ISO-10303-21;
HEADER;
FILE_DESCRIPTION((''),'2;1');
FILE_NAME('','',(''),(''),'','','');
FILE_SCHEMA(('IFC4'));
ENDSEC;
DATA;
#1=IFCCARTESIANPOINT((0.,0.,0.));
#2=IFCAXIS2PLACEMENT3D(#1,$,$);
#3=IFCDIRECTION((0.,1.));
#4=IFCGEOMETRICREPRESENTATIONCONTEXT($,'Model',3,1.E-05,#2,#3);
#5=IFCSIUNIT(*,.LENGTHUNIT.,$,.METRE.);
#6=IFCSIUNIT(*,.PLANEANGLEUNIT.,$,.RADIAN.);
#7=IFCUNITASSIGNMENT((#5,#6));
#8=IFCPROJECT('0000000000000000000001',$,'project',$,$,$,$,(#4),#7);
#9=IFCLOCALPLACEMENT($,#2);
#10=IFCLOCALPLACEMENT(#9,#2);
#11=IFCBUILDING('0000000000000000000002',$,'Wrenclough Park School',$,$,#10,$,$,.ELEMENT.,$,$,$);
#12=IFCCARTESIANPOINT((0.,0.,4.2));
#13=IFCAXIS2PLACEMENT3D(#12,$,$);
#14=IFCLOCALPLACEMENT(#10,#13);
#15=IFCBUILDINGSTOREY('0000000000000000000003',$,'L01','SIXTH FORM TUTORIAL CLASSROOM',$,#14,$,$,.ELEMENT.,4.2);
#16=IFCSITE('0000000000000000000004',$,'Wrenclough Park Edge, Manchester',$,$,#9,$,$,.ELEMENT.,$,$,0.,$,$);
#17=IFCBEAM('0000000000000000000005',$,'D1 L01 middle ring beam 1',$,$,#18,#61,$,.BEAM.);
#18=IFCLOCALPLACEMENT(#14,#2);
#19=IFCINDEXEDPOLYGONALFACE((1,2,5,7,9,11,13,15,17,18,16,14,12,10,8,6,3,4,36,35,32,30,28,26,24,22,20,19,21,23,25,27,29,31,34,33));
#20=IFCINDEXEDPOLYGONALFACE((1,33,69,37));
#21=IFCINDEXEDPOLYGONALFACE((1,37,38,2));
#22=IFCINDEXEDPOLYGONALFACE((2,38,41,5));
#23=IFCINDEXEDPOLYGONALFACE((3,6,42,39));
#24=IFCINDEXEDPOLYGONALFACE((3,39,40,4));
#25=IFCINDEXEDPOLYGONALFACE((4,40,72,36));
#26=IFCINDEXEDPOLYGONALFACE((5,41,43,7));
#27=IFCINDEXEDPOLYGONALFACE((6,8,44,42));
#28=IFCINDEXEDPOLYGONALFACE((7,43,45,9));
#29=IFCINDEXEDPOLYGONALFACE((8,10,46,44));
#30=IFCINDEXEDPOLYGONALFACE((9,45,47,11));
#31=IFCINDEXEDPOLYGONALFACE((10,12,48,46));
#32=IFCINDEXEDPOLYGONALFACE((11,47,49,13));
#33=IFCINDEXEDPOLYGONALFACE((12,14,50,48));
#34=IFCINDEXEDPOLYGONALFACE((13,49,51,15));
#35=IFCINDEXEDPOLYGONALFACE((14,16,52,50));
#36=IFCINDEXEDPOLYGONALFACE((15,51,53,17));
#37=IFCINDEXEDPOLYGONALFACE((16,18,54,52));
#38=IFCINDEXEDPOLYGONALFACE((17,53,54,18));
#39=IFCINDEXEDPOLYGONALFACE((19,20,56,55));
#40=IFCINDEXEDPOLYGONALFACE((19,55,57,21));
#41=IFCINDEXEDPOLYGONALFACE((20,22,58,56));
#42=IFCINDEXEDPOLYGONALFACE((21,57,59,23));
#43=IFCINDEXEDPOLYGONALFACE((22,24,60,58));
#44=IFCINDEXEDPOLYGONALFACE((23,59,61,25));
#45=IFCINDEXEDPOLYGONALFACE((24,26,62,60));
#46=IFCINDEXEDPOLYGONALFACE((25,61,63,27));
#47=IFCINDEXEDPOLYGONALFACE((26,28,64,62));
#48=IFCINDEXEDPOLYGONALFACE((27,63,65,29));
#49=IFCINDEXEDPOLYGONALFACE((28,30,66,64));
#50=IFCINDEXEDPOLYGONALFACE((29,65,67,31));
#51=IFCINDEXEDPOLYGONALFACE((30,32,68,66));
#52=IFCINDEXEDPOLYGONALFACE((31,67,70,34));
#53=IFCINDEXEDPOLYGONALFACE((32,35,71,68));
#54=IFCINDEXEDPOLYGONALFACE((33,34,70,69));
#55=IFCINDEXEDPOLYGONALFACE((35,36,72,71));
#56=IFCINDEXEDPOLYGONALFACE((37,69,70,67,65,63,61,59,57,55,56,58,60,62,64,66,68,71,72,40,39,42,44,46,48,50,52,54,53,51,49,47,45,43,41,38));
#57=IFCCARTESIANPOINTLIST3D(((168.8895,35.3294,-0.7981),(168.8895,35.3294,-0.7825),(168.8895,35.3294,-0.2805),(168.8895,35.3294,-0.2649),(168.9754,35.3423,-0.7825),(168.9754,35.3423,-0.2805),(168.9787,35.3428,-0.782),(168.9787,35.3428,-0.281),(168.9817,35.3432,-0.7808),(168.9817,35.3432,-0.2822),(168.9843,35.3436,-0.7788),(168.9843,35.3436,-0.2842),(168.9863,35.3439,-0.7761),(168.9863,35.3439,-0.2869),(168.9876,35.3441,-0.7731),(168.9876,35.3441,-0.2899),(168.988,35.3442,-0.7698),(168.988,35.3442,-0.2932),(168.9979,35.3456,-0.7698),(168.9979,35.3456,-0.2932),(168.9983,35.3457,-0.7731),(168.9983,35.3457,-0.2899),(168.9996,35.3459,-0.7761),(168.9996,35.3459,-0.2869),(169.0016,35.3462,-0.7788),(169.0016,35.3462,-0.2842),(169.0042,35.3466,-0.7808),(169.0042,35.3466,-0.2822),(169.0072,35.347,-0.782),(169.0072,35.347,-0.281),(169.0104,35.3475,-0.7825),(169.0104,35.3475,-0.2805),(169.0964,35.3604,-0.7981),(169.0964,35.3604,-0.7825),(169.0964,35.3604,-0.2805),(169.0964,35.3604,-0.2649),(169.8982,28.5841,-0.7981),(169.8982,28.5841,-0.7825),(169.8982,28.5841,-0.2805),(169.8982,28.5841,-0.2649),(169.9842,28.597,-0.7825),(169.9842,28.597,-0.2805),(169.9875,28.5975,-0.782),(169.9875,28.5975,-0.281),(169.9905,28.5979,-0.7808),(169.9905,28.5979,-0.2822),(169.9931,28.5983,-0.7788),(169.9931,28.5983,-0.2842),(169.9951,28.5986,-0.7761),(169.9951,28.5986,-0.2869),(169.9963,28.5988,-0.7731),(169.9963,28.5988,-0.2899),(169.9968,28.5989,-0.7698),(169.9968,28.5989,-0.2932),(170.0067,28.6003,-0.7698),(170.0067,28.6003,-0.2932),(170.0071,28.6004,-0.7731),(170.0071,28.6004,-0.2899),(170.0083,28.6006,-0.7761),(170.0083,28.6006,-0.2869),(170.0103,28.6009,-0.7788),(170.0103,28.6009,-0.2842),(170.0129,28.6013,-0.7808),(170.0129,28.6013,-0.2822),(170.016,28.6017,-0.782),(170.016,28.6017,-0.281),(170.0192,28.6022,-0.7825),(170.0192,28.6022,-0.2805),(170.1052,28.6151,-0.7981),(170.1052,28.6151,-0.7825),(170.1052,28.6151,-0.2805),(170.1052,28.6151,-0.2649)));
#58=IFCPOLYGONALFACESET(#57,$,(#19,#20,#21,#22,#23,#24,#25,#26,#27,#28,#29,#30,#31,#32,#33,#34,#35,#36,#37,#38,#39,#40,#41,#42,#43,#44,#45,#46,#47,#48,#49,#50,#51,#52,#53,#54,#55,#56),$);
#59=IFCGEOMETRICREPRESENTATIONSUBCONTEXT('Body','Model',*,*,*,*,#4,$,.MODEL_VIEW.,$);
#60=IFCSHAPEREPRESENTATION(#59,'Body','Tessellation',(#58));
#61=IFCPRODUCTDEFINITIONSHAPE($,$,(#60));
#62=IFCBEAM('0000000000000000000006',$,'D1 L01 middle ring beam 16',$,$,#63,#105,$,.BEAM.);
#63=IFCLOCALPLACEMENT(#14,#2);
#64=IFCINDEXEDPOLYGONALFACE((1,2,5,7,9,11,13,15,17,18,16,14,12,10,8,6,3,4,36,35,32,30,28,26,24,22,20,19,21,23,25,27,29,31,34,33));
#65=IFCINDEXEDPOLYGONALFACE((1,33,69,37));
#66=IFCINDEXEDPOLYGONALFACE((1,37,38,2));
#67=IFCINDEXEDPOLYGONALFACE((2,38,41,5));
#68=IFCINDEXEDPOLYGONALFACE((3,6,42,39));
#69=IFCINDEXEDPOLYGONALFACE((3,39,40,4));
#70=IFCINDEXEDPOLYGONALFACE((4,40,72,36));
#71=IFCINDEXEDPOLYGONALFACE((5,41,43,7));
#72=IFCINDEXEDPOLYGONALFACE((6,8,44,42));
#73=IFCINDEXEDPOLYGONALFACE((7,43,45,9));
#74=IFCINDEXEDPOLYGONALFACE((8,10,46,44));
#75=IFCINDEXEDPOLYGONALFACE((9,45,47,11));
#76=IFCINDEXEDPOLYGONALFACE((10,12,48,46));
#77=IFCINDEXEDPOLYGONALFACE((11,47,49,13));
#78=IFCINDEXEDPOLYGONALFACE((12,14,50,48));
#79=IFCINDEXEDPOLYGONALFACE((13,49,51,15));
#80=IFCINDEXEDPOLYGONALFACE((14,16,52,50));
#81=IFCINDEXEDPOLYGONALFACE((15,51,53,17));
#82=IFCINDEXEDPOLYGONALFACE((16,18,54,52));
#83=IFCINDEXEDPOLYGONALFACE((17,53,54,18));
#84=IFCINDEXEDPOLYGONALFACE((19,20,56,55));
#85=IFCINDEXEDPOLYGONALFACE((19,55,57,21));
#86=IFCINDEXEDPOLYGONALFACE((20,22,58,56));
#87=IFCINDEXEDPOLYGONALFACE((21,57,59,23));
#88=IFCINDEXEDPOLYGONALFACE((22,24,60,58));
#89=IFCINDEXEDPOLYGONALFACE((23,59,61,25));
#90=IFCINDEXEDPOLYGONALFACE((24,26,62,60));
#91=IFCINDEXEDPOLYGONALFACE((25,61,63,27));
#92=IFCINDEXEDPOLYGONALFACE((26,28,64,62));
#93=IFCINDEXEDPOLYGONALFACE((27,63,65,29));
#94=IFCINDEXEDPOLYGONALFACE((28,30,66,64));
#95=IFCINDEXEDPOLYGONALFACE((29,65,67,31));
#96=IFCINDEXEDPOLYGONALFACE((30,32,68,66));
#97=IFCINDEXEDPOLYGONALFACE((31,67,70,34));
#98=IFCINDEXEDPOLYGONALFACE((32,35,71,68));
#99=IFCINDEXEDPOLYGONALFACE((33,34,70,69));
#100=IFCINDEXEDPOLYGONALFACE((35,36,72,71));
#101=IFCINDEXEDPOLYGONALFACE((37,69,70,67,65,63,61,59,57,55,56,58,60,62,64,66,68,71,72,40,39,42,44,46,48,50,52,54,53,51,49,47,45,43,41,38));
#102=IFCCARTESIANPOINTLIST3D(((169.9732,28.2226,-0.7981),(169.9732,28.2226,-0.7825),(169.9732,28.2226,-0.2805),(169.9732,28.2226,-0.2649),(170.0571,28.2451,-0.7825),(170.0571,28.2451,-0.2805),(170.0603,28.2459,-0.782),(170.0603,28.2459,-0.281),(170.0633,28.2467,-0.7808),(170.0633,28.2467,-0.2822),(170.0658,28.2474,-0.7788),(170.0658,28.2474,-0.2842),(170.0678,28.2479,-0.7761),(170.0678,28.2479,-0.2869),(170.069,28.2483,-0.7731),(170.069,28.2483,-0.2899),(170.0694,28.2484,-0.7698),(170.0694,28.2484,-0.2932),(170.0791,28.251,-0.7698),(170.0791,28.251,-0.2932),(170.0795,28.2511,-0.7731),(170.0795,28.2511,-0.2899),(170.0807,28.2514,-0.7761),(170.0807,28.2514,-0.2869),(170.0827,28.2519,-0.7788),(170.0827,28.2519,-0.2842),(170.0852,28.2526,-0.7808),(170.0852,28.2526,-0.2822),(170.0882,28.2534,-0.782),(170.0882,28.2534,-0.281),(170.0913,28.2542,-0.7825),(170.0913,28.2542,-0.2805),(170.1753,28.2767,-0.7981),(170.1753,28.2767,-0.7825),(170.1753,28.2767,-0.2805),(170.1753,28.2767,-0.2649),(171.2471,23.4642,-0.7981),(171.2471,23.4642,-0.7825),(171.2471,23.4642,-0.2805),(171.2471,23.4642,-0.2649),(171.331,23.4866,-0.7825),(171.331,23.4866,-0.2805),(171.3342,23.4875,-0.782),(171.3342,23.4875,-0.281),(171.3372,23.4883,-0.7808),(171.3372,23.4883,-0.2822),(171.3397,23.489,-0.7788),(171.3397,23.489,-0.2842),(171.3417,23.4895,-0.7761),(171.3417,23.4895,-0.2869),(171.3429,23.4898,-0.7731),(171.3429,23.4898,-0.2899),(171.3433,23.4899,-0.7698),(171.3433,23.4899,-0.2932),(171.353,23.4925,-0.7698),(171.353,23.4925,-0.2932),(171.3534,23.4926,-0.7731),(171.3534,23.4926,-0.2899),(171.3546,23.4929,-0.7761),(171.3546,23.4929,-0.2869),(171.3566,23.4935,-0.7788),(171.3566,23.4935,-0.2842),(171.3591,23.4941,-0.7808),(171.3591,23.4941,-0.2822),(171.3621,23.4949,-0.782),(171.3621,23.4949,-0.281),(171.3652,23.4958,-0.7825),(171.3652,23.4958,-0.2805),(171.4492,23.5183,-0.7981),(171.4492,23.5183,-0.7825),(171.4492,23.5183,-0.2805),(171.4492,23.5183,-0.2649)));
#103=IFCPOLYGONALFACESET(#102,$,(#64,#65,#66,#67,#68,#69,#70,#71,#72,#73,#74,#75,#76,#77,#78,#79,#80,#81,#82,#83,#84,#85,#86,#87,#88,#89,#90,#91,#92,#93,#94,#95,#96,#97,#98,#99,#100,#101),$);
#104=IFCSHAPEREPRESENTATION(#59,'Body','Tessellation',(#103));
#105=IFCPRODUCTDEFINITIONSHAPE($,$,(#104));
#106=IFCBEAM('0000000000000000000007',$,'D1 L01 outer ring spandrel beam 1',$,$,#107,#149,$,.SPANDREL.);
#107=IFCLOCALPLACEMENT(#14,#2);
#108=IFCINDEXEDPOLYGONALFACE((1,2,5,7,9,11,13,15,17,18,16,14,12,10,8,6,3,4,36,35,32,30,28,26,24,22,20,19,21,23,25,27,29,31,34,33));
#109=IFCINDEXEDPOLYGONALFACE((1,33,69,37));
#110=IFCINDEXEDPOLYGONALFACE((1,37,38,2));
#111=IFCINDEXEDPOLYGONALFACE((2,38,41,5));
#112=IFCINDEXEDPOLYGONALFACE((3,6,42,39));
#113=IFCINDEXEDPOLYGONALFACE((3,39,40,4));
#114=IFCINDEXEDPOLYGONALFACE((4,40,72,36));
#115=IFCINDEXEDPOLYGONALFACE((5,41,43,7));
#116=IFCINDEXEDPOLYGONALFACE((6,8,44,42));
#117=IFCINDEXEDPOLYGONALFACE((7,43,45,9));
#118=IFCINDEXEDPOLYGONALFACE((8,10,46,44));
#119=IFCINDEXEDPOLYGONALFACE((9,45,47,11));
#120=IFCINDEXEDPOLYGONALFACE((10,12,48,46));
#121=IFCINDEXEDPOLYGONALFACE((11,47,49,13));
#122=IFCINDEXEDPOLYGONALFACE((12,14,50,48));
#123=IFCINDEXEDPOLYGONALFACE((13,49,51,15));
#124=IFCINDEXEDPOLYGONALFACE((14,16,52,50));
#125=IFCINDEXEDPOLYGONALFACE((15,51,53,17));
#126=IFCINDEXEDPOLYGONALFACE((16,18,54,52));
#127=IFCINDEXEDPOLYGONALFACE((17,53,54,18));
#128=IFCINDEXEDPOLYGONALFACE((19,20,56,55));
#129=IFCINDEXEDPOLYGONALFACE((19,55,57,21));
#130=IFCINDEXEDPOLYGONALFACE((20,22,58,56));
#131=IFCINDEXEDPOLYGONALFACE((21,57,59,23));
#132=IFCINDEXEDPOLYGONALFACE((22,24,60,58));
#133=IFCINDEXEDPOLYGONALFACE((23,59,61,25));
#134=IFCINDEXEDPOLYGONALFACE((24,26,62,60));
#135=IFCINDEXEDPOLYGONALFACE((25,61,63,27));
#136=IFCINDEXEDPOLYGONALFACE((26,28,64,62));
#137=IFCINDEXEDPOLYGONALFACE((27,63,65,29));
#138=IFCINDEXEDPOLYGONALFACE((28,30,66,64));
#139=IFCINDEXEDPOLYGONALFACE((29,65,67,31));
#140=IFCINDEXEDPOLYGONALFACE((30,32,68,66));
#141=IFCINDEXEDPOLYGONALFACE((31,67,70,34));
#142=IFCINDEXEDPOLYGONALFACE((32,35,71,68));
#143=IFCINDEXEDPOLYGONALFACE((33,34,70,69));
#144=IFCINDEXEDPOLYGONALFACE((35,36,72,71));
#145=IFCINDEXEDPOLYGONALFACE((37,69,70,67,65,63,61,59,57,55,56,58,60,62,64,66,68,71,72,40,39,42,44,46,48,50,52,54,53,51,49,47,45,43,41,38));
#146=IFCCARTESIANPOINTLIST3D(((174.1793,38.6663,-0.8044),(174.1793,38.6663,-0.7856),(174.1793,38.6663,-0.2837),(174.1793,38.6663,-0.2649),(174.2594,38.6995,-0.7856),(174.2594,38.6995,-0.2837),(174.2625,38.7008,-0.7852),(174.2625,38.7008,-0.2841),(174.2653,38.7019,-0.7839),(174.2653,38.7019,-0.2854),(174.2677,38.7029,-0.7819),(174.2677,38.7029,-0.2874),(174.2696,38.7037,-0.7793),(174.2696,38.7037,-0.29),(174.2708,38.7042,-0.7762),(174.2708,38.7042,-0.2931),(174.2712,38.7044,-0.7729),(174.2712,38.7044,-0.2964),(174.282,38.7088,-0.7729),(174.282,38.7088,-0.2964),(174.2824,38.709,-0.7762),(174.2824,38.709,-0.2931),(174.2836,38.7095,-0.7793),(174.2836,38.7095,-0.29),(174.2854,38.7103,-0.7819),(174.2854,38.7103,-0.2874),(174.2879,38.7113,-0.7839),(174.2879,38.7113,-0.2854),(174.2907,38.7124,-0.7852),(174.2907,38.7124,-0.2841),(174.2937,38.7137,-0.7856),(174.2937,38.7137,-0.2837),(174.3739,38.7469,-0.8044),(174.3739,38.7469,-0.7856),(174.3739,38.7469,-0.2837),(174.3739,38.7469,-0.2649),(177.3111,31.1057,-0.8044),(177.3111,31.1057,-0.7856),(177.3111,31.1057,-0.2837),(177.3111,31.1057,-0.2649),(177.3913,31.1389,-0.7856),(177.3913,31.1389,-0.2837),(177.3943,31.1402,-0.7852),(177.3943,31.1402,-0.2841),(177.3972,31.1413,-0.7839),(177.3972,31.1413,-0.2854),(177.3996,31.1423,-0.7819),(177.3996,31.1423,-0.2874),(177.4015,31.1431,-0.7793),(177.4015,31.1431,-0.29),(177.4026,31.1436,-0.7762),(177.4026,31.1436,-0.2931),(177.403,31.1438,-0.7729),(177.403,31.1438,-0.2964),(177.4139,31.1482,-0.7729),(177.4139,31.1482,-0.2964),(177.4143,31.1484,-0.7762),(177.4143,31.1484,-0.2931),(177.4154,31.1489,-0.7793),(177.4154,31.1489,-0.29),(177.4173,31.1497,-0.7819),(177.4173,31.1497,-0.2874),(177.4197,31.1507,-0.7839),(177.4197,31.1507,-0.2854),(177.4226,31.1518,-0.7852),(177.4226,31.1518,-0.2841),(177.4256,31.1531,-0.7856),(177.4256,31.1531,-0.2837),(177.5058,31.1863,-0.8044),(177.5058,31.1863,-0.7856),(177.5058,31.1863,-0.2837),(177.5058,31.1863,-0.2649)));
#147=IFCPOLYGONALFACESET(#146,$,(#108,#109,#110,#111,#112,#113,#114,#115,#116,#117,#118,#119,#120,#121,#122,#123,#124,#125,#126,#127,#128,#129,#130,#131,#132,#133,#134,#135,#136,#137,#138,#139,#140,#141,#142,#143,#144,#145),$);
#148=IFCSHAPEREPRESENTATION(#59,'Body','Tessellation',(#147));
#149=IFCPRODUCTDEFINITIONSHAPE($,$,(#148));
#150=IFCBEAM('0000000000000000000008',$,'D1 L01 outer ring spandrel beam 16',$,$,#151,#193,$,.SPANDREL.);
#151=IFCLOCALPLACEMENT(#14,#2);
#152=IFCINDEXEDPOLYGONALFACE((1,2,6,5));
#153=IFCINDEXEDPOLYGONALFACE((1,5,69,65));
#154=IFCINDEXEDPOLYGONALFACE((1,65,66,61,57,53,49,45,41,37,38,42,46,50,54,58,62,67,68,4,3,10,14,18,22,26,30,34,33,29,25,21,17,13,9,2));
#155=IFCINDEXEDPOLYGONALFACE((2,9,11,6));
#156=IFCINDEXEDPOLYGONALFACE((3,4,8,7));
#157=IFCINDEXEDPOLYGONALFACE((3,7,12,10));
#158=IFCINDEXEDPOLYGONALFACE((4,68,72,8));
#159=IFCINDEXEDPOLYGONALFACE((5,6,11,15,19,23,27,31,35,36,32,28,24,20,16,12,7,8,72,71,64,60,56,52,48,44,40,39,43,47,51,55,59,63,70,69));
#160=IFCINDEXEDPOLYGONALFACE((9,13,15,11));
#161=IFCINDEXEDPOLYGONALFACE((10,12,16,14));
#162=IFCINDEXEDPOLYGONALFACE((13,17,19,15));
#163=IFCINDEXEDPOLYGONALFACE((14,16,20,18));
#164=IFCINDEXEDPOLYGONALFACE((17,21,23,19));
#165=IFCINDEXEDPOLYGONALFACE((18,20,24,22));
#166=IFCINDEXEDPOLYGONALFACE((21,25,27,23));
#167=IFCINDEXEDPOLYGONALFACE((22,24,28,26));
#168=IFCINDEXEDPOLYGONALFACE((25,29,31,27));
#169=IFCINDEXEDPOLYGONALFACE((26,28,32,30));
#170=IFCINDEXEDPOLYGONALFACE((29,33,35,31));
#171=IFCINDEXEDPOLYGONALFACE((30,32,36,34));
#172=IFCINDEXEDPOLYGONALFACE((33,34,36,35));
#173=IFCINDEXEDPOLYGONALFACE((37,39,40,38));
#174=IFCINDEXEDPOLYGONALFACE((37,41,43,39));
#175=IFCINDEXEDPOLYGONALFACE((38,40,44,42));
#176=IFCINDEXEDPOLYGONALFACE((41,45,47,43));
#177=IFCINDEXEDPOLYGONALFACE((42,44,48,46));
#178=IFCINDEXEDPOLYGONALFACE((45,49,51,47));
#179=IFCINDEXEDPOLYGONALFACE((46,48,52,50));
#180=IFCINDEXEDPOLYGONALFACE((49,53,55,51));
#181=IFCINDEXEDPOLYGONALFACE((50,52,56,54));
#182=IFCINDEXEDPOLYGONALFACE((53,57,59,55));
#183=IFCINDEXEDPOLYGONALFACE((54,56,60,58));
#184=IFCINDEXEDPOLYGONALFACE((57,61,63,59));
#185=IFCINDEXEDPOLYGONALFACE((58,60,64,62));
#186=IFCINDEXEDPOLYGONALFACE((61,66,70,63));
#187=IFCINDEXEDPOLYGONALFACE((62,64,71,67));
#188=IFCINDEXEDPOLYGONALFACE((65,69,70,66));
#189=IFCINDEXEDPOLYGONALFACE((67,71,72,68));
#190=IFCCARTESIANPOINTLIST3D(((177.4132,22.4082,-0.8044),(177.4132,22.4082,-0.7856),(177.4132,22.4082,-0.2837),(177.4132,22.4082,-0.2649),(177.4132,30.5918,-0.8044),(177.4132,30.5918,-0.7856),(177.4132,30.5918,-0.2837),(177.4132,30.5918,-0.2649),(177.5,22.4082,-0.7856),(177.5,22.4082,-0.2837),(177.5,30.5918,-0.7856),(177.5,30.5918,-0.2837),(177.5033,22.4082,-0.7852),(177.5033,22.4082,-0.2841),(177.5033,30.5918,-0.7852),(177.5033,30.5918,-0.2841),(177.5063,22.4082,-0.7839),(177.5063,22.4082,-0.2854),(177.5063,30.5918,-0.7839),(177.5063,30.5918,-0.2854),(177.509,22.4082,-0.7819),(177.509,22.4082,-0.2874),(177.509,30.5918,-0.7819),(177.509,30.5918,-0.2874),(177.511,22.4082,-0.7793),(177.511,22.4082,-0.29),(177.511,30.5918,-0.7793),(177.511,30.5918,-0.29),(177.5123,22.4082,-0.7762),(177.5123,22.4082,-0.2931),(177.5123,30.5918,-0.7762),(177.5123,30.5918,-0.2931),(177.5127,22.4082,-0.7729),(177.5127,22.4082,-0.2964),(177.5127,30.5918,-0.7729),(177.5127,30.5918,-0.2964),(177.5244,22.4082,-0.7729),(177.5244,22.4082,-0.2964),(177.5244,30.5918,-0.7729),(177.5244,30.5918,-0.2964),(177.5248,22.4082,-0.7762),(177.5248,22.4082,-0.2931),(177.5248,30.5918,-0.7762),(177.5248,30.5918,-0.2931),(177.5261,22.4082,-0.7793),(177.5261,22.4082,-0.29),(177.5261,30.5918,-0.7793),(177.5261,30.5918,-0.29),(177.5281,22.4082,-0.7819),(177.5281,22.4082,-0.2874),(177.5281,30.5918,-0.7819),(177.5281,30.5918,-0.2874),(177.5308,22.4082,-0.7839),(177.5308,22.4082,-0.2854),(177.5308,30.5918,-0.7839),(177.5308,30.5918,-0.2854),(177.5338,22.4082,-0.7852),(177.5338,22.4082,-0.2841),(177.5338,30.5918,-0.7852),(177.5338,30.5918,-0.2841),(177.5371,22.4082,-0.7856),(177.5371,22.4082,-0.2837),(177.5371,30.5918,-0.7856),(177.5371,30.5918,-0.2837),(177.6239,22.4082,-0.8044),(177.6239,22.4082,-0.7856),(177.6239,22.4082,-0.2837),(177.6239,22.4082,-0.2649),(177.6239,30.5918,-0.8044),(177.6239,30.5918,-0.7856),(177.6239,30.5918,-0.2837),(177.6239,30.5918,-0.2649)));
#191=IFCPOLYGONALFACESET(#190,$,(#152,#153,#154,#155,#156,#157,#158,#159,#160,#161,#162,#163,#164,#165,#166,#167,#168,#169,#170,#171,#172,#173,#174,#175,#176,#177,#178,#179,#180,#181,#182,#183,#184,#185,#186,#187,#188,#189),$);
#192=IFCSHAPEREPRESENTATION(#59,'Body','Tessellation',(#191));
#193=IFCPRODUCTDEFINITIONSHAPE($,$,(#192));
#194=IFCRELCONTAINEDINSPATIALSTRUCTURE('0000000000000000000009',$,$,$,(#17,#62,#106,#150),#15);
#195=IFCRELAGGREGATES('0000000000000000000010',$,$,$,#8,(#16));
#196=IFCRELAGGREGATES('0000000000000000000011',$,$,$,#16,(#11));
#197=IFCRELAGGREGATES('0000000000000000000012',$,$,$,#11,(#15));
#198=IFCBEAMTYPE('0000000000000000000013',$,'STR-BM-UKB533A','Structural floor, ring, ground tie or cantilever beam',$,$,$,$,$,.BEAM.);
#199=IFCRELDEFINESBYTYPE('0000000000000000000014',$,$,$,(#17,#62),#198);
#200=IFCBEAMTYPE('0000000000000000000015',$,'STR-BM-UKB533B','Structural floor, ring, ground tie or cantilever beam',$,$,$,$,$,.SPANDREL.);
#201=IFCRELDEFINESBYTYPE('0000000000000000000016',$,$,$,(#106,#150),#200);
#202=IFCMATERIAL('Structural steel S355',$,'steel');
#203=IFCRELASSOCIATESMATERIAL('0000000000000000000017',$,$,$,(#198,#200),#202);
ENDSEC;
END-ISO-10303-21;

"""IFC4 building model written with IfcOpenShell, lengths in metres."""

from ifc_helpers import new_model, si_unit, direction, frame, origin, origin_2d, place, context, subcontext, project, spatial, i_section, extrude, material, material_profile, profile_set, type_object, element, save


model = new_model("IFC4")

# Units and contexts
model_context = context("Model", 3, precision=1e-05, world=origin(), true_north=direction((0.0, 1.0)))
body_context = subcontext(model_context, "Body", "Model", "MODEL_VIEW")
ifc_project = project(units=[si_unit("LENGTHUNIT", "METRE"), si_unit("PLANEANGLEUNIT", "RADIAN")], contexts=[model_context])

# Site, building, storey
site_placement = place(None, origin())
site = spatial("IfcSite", under=ifc_project, at=site_placement, Name="Wrenclough Park Edge, Manchester", CompositionType="ELEMENT", RefElevation=0.0)
building_placement = place(site_placement, origin())
building = spatial("IfcBuilding", under=site, at=building_placement, Name="Wrenclough Park School", CompositionType="ELEMENT")
storey_placement = place(building_placement, frame((0.0, 0.0, 4.2)))
storey = spatial("IfcBuildingStorey", under=building, at=storey_placement, Name="L01", Description="SIXTH FORM TUTORIAL CLASSROOM", CompositionType="ELEMENT", Elevation=4.2)

# Shared definitions
ifc_material_1 = material(Name="Structural steel S355", Category="steel")

# Beams
ifc_material_profile_1 = material_profile(ifc_material_1, i_section(OverallWidth=0.2092, OverallDepth=0.5332, WebThickness=0.01, FlangeThickness=0.0156, FilletRadius=0.0127, at=origin_2d()), Name="UKB 533x210x92")
ifc_profile_set_1 = profile_set([ifc_material_profile_1], Name="Structural steel S355")
beam_type_1 = type_object("IfcBeamType", Name="STR-BM-UKB533A", Description="Structural floor, ring, ground tie or cantilever beam", PredefinedType="BEAM", material=ifc_profile_set_1)
beam_1_placement = place(storey_placement, frame((170.0017, 28.5996, -0.5315), z_axis=(-0.147908, 0.989001, 0.0), x_axis=(-0.989001, -0.147908, 0.0)))
element("IfcBeam", 1, at=beam_1_placement, inside=storey, type_object=beam_type_1, Name="D1 L01 middle ring beam 1", PredefinedType="BEAM", context=body_context, shape_type="SweptSolid", body=[
    extrude(i_section(OverallWidth=0.2092, OverallDepth=0.5332, WebThickness=0.01, FlangeThickness=0.0156, FilletRadius=0.0127, at=origin_2d()), origin(), (0.0, 0.0, 1.0), 6.8203),
])
beam_2_placement = place(storey_placement, frame((171.3481, 23.4912, -0.5315), z_axis=(-0.258606, 0.965983, 0.0), x_axis=(-0.965983, -0.258606, 0.0)))
element("IfcBeam", 2, at=beam_2_placement, inside=storey, type_object=beam_type_1, Name="D1 L01 middle ring beam 16", PredefinedType="BEAM", context=body_context, shape_type="SweptSolid", body=[
    extrude(i_section(OverallWidth=0.2092, OverallDepth=0.5332, WebThickness=0.01, FlangeThickness=0.0156, FilletRadius=0.0127, at=origin_2d()), origin(), (0.0, 0.0, 1.0), 4.926),
])
ifc_material_profile_2 = material_profile(ifc_material_1, i_section(OverallWidth=0.2107, OverallDepth=0.5396, WebThickness=0.0117, FlangeThickness=0.0188, FilletRadius=0.0127, at=origin_2d()), Name="UKB 533x210x109")
ifc_profile_set_2 = profile_set([ifc_material_profile_2], Name="Structural steel S355")
beam_type_2 = type_object("IfcBeamType", Name="STR-BM-UKB533B", Description="Structural floor, ring, ground tie or cantilever beam", PredefinedType="SPANDREL", material=ifc_profile_set_2)
for number, where, z_axis, x_axis, name in (
    (3, (177.4084, 31.146, -0.5347), (-0.3827, 0.923873, 0.0), (-0.923873, -0.3827, 0.0), "D1 L01 outer ring spandrel beam 1"),
    (4, (177.5186, 22.4082, -0.5347), (0.0, 1.0, 0.0), (-1.0, 0.0, 0.0), "D1 L01 outer ring spandrel beam 16"),
):
    element("IfcBeam", number, at=place(storey_placement, frame(where, z_axis=z_axis, x_axis=x_axis)), inside=storey, type_object=beam_type_2, Name=name, PredefinedType="SPANDREL", context=body_context, shape_type="SweptSolid", body=[
        extrude(i_section(OverallWidth=0.2107, OverallDepth=0.5396, WebThickness=0.0117, FlangeThickness=0.0188, FilletRadius=0.0127, at=origin_2d()), origin(), (0.0, 0.0, 1.0), 8.1836),
    ])

save(model, "model.ifc")
